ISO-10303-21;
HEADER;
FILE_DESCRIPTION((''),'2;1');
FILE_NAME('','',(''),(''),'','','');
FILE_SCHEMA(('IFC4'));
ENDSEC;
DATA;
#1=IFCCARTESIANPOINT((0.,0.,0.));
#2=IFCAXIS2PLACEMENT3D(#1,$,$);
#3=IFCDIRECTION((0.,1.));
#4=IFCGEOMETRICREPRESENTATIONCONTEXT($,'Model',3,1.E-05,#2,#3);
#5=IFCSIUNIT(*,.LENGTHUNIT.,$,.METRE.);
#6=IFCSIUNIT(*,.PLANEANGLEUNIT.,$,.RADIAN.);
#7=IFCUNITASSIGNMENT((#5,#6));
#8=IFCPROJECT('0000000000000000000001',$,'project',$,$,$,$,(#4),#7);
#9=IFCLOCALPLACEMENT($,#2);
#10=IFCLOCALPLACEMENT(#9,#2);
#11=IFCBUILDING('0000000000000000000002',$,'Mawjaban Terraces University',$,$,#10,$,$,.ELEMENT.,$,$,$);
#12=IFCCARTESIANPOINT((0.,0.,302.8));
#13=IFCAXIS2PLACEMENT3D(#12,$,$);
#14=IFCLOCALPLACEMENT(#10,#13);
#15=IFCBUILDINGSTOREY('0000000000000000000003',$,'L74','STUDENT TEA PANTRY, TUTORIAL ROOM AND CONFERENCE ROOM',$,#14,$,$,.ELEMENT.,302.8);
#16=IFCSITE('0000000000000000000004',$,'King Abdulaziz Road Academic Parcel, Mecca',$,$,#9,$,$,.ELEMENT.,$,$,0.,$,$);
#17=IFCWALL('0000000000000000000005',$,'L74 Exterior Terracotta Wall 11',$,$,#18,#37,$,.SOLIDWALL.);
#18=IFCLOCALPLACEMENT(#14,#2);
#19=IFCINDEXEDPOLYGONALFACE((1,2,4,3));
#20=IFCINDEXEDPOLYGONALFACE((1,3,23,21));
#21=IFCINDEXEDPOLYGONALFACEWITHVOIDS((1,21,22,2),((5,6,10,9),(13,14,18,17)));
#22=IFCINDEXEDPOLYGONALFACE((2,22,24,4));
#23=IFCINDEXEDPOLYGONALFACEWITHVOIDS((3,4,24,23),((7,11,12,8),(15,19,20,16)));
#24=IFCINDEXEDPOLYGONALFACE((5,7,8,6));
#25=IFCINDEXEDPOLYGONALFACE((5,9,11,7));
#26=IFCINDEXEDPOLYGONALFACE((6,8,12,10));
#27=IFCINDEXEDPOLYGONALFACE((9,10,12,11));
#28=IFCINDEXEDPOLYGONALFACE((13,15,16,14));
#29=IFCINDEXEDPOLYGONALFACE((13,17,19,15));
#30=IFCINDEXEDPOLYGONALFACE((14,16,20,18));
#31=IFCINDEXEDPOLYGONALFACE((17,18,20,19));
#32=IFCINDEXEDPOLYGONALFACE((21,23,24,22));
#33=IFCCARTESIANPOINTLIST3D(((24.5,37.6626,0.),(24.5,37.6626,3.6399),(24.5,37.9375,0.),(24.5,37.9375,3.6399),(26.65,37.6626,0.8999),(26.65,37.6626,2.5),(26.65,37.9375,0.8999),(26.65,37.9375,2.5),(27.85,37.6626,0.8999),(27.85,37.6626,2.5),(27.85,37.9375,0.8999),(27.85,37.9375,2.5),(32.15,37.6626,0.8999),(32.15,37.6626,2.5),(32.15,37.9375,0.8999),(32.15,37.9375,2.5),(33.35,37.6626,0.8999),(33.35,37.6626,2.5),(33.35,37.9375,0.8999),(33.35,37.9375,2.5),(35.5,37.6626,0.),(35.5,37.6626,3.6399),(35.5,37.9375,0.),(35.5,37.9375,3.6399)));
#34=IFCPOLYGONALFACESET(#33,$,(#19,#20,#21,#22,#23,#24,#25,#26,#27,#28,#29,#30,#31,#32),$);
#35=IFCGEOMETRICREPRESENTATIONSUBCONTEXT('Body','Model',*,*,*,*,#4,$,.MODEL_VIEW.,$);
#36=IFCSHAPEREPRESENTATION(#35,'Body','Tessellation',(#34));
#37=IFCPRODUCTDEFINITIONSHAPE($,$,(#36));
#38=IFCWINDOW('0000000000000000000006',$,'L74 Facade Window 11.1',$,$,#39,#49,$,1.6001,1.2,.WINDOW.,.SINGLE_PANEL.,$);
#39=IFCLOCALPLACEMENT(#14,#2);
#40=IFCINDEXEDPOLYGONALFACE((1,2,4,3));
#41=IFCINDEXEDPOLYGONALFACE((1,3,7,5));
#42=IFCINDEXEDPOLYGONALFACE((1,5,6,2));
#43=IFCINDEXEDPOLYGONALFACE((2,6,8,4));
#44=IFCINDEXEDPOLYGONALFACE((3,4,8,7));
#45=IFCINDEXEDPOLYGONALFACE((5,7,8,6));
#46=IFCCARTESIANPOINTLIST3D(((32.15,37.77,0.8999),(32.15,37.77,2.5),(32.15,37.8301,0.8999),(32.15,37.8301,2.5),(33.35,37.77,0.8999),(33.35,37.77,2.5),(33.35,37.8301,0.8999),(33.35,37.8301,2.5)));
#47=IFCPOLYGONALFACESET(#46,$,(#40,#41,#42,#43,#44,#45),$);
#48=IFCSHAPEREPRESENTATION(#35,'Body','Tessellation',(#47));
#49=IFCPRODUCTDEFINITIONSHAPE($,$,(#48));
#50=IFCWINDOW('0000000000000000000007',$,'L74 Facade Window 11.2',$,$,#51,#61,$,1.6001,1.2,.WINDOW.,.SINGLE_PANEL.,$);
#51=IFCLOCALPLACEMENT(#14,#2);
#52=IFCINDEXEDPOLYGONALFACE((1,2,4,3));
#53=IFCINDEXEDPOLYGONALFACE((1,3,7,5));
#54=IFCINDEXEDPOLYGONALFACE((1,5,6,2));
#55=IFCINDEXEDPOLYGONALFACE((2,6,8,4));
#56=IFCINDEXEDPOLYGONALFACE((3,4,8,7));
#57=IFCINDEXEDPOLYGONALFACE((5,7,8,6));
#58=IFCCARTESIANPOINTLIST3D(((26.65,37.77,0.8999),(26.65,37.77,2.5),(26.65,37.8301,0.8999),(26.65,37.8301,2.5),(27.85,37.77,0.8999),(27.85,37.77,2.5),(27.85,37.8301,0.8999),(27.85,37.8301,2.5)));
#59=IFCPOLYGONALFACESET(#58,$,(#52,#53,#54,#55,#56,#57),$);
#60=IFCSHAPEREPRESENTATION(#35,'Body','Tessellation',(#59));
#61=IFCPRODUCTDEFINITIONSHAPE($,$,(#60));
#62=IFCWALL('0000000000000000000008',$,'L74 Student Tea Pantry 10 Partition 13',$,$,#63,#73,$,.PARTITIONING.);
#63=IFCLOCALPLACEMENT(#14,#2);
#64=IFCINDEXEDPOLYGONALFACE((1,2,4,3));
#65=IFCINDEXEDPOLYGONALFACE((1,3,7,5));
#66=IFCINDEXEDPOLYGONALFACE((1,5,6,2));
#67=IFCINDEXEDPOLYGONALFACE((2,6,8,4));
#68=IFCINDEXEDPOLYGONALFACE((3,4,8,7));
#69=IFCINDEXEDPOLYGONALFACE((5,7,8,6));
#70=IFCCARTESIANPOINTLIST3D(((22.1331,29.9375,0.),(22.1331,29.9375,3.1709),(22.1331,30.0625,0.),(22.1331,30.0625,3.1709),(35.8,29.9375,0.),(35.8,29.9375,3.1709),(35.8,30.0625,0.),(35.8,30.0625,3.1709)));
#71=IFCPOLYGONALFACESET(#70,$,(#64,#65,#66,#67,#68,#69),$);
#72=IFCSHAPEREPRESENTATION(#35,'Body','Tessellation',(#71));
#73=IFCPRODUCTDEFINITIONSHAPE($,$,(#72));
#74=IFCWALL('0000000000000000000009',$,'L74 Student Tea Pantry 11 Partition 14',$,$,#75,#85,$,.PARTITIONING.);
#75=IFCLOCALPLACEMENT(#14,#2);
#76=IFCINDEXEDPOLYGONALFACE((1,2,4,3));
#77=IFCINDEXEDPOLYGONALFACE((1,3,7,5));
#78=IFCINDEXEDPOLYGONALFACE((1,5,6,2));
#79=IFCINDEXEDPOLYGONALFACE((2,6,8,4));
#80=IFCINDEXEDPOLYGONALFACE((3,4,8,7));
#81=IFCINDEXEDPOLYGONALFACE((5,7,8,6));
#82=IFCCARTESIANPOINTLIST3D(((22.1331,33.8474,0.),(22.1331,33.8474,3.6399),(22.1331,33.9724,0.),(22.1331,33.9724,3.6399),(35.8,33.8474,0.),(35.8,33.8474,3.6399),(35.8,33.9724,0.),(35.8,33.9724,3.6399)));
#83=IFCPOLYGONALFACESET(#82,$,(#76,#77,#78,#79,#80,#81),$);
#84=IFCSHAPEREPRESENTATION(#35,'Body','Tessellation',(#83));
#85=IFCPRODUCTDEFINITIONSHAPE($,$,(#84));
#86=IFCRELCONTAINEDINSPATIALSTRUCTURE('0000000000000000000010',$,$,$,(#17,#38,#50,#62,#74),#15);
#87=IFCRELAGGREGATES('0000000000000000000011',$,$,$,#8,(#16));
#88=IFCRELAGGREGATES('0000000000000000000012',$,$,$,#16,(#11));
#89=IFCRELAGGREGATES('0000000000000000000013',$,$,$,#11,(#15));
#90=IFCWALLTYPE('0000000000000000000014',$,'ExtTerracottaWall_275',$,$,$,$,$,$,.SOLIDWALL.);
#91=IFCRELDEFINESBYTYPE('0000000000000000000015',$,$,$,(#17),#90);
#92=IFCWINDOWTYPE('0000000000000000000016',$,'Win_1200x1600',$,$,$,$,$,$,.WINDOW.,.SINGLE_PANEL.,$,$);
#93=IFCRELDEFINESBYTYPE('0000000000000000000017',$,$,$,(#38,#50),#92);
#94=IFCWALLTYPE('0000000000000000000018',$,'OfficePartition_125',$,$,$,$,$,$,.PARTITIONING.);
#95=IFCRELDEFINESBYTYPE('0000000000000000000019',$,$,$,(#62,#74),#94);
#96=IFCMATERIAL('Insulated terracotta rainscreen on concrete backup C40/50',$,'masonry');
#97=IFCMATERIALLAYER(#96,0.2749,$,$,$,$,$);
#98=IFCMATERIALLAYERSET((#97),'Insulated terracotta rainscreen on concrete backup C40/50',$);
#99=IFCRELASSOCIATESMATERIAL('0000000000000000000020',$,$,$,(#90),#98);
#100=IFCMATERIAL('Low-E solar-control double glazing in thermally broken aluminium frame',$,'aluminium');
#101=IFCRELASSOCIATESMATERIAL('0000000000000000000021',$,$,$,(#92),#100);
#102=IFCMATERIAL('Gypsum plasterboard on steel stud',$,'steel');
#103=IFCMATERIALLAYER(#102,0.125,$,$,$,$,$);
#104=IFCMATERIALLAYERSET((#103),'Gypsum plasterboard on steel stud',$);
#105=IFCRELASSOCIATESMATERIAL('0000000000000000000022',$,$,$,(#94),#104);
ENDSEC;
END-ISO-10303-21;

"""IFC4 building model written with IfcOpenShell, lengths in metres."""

from ifc_helpers import new_model, si_unit, direction, frame, frame_2d, origin, place, context, subcontext, project, spatial, rectangle, extrude, material, layer, layer_set, type_object, element, fill, save


model = new_model("IFC4")

# Units and contexts
model_context = context("Model", 3, precision=1e-05, world=origin(), true_north=direction((0.0, 1.0)))
body_context = subcontext(model_context, "Body", "Model", "MODEL_VIEW")
ifc_project = project(units=[si_unit("LENGTHUNIT", "METRE"), si_unit("PLANEANGLEUNIT", "RADIAN")], contexts=[model_context])

# Site, building, storey
site_placement = place(None, origin())
site = spatial("IfcSite", under=ifc_project, at=site_placement, Name="King Abdulaziz Road Academic Parcel, Mecca", CompositionType="ELEMENT", RefElevation=0.0)
building_placement = place(site_placement, origin())
building = spatial("IfcBuilding", under=site, at=building_placement, Name="Mawjaban Terraces University", CompositionType="ELEMENT")
storey_placement = place(building_placement, frame((0.0, 0.0, 302.8)))
storey = spatial("IfcBuildingStorey", under=building, at=storey_placement, Name="L74", Description="STUDENT TEA PANTRY, TUTORIAL ROOM AND CONFERENCE ROOM", CompositionType="ELEMENT", Elevation=302.8)

# Shared definitions
ifc_material_1 = material(Name="Insulated terracotta rainscreen on concrete backup C40/50", Category="masonry")
ifc_layer_1 = layer(ifc_material_1, 0.2749)
ifc_layer_set_1 = layer_set([ifc_layer_1], Name="Insulated terracotta rainscreen on concrete backup C40/50")
wall_type_1 = type_object("IfcWallType", Name="ExtTerracottaWall_275", PredefinedType="SOLIDWALL", material=ifc_layer_set_1)
ifc_material_2 = material(Name="Low-E solar-control double glazing in thermally broken aluminium frame", Category="aluminium")

# Wall, openings, windows
wall_1_placement = place(storey_placement, frame((35.5, 37.8, 0.0), z_axis=(0.0, 0.0, 1.0), x_axis=(-1.0, 0.0, 0.0)))
wall_1 = element("IfcWall", 1, at=wall_1_placement, inside=storey, type_object=wall_type_1, Name="L74 Exterior Terracotta Wall 11", PredefinedType="SOLIDWALL", context=body_context, shape_type="SweptSolid", body=[
    extrude(rectangle(XDim=11.0, YDim=0.2749, at=frame_2d((5.5, 0.0))), origin(), (0.0, 0.0, 1.0), 3.6399),
])
opening_1_placement = place(wall_1_placement, frame((2.1499, 0.0, 0.8999)))
opening_1 = element("IfcOpeningElement", 2, at=opening_1_placement, cuts=wall_1, PredefinedType="OPENING", context=body_context, shape_type="SweptSolid", body=[
    extrude(rectangle(XDim=1.2, YDim=1.6001, at=frame_2d((0.6001, 0.8))), frame((0.0, 0.1475, 0.0), z_axis=(0.0, -1.0, 0.0), x_axis=(1.0, 0.0, 0.0)), (0.0, 0.0, 1.0), 0.2949),
])
opening_2_placement = place(wall_1_placement, frame((7.6499, 0.0, 0.8999)))
opening_2 = element("IfcOpeningElement", 3, at=opening_2_placement, cuts=wall_1, PredefinedType="OPENING", context=body_context, shape_type="SweptSolid", body=[
    extrude(rectangle(XDim=1.2, YDim=1.6001, at=frame_2d((0.6001, 0.8))), frame((0.0, 0.1475, 0.0), z_axis=(0.0, -1.0, 0.0), x_axis=(1.0, 0.0, 0.0)), (0.0, 0.0, 1.0), 0.2949),
])
window_type_1 = type_object("IfcWindowType", Name="Win_1200x1600", PartitioningType="SINGLE_PANEL", PredefinedType="WINDOW", material=ifc_material_2)
window_1_placement = place(opening_1_placement, origin())
window_1 = element("IfcWindow", 4, at=window_1_placement, inside=storey, type_object=window_type_1, Name="L74 Facade Window 11.1", OverallHeight=1.6001, OverallWidth=1.2, PartitioningType="SINGLE_PANEL", PredefinedType="WINDOW", context=body_context, shape_type="SweptSolid", body=[
    extrude(rectangle(XDim=1.2, YDim=1.6001, at=frame_2d((0.6001, 0.8))), frame((0.0, 0.03, 0.0), z_axis=(0.0, -1.0, 0.0), x_axis=(1.0, 0.0, 0.0)), (0.0, 0.0, 1.0), 0.0601),
])
fill(opening_1, window_1)
window_2_placement = place(opening_2_placement, origin())
window_2 = element("IfcWindow", 5, at=window_2_placement, inside=storey, type_object=window_type_1, Name="L74 Facade Window 11.2", OverallHeight=1.6001, OverallWidth=1.2, PartitioningType="SINGLE_PANEL", PredefinedType="WINDOW", context=body_context, shape_type="SweptSolid", body=[
    extrude(rectangle(XDim=1.2, YDim=1.6001, at=frame_2d((0.6001, 0.8))), frame((0.0, 0.03, 0.0), z_axis=(0.0, -1.0, 0.0), x_axis=(1.0, 0.0, 0.0)), (0.0, 0.0, 1.0), 0.0601),
])
fill(opening_2, window_2)

# Walls
ifc_material_3 = material(Name="Gypsum plasterboard on steel stud", Category="steel")
ifc_layer_2 = layer(ifc_material_3, 0.125)
ifc_layer_set_2 = layer_set([ifc_layer_2], Name="Gypsum plasterboard on steel stud")
wall_type_2 = type_object("IfcWallType", Name="OfficePartition_125", PredefinedType="PARTITIONING", material=ifc_layer_set_2)
wall_2_placement = place(storey_placement, frame((35.8, 30.0, 0.0), z_axis=(0.0, 0.0, 1.0), x_axis=(-1.0, 0.0, 0.0)))
element("IfcWall", 6, at=wall_2_placement, inside=storey, type_object=wall_type_2, Name="L74 Student Tea Pantry 10 Partition 13", PredefinedType="PARTITIONING", context=body_context, shape_type="SweptSolid", body=[
    extrude(rectangle(XDim=13.667, YDim=0.125, at=frame_2d((6.8335, 0.0))), origin(), (0.0, 0.0, 1.0), 3.1709),
])
wall_3_placement = place(storey_placement, frame((35.8, 33.9099, 0.0), z_axis=(0.0, 0.0, 1.0), x_axis=(-1.0, 0.0, 0.0)))
element("IfcWall", 7, at=wall_3_placement, inside=storey, type_object=wall_type_2, Name="L74 Student Tea Pantry 11 Partition 14", PredefinedType="PARTITIONING", context=body_context, shape_type="SweptSolid", body=[
    extrude(rectangle(XDim=13.667, YDim=0.125, at=frame_2d((6.8335, 0.0))), origin(), (0.0, 0.0, 1.0), 3.6399),
])

save(model, "model.ifc")
